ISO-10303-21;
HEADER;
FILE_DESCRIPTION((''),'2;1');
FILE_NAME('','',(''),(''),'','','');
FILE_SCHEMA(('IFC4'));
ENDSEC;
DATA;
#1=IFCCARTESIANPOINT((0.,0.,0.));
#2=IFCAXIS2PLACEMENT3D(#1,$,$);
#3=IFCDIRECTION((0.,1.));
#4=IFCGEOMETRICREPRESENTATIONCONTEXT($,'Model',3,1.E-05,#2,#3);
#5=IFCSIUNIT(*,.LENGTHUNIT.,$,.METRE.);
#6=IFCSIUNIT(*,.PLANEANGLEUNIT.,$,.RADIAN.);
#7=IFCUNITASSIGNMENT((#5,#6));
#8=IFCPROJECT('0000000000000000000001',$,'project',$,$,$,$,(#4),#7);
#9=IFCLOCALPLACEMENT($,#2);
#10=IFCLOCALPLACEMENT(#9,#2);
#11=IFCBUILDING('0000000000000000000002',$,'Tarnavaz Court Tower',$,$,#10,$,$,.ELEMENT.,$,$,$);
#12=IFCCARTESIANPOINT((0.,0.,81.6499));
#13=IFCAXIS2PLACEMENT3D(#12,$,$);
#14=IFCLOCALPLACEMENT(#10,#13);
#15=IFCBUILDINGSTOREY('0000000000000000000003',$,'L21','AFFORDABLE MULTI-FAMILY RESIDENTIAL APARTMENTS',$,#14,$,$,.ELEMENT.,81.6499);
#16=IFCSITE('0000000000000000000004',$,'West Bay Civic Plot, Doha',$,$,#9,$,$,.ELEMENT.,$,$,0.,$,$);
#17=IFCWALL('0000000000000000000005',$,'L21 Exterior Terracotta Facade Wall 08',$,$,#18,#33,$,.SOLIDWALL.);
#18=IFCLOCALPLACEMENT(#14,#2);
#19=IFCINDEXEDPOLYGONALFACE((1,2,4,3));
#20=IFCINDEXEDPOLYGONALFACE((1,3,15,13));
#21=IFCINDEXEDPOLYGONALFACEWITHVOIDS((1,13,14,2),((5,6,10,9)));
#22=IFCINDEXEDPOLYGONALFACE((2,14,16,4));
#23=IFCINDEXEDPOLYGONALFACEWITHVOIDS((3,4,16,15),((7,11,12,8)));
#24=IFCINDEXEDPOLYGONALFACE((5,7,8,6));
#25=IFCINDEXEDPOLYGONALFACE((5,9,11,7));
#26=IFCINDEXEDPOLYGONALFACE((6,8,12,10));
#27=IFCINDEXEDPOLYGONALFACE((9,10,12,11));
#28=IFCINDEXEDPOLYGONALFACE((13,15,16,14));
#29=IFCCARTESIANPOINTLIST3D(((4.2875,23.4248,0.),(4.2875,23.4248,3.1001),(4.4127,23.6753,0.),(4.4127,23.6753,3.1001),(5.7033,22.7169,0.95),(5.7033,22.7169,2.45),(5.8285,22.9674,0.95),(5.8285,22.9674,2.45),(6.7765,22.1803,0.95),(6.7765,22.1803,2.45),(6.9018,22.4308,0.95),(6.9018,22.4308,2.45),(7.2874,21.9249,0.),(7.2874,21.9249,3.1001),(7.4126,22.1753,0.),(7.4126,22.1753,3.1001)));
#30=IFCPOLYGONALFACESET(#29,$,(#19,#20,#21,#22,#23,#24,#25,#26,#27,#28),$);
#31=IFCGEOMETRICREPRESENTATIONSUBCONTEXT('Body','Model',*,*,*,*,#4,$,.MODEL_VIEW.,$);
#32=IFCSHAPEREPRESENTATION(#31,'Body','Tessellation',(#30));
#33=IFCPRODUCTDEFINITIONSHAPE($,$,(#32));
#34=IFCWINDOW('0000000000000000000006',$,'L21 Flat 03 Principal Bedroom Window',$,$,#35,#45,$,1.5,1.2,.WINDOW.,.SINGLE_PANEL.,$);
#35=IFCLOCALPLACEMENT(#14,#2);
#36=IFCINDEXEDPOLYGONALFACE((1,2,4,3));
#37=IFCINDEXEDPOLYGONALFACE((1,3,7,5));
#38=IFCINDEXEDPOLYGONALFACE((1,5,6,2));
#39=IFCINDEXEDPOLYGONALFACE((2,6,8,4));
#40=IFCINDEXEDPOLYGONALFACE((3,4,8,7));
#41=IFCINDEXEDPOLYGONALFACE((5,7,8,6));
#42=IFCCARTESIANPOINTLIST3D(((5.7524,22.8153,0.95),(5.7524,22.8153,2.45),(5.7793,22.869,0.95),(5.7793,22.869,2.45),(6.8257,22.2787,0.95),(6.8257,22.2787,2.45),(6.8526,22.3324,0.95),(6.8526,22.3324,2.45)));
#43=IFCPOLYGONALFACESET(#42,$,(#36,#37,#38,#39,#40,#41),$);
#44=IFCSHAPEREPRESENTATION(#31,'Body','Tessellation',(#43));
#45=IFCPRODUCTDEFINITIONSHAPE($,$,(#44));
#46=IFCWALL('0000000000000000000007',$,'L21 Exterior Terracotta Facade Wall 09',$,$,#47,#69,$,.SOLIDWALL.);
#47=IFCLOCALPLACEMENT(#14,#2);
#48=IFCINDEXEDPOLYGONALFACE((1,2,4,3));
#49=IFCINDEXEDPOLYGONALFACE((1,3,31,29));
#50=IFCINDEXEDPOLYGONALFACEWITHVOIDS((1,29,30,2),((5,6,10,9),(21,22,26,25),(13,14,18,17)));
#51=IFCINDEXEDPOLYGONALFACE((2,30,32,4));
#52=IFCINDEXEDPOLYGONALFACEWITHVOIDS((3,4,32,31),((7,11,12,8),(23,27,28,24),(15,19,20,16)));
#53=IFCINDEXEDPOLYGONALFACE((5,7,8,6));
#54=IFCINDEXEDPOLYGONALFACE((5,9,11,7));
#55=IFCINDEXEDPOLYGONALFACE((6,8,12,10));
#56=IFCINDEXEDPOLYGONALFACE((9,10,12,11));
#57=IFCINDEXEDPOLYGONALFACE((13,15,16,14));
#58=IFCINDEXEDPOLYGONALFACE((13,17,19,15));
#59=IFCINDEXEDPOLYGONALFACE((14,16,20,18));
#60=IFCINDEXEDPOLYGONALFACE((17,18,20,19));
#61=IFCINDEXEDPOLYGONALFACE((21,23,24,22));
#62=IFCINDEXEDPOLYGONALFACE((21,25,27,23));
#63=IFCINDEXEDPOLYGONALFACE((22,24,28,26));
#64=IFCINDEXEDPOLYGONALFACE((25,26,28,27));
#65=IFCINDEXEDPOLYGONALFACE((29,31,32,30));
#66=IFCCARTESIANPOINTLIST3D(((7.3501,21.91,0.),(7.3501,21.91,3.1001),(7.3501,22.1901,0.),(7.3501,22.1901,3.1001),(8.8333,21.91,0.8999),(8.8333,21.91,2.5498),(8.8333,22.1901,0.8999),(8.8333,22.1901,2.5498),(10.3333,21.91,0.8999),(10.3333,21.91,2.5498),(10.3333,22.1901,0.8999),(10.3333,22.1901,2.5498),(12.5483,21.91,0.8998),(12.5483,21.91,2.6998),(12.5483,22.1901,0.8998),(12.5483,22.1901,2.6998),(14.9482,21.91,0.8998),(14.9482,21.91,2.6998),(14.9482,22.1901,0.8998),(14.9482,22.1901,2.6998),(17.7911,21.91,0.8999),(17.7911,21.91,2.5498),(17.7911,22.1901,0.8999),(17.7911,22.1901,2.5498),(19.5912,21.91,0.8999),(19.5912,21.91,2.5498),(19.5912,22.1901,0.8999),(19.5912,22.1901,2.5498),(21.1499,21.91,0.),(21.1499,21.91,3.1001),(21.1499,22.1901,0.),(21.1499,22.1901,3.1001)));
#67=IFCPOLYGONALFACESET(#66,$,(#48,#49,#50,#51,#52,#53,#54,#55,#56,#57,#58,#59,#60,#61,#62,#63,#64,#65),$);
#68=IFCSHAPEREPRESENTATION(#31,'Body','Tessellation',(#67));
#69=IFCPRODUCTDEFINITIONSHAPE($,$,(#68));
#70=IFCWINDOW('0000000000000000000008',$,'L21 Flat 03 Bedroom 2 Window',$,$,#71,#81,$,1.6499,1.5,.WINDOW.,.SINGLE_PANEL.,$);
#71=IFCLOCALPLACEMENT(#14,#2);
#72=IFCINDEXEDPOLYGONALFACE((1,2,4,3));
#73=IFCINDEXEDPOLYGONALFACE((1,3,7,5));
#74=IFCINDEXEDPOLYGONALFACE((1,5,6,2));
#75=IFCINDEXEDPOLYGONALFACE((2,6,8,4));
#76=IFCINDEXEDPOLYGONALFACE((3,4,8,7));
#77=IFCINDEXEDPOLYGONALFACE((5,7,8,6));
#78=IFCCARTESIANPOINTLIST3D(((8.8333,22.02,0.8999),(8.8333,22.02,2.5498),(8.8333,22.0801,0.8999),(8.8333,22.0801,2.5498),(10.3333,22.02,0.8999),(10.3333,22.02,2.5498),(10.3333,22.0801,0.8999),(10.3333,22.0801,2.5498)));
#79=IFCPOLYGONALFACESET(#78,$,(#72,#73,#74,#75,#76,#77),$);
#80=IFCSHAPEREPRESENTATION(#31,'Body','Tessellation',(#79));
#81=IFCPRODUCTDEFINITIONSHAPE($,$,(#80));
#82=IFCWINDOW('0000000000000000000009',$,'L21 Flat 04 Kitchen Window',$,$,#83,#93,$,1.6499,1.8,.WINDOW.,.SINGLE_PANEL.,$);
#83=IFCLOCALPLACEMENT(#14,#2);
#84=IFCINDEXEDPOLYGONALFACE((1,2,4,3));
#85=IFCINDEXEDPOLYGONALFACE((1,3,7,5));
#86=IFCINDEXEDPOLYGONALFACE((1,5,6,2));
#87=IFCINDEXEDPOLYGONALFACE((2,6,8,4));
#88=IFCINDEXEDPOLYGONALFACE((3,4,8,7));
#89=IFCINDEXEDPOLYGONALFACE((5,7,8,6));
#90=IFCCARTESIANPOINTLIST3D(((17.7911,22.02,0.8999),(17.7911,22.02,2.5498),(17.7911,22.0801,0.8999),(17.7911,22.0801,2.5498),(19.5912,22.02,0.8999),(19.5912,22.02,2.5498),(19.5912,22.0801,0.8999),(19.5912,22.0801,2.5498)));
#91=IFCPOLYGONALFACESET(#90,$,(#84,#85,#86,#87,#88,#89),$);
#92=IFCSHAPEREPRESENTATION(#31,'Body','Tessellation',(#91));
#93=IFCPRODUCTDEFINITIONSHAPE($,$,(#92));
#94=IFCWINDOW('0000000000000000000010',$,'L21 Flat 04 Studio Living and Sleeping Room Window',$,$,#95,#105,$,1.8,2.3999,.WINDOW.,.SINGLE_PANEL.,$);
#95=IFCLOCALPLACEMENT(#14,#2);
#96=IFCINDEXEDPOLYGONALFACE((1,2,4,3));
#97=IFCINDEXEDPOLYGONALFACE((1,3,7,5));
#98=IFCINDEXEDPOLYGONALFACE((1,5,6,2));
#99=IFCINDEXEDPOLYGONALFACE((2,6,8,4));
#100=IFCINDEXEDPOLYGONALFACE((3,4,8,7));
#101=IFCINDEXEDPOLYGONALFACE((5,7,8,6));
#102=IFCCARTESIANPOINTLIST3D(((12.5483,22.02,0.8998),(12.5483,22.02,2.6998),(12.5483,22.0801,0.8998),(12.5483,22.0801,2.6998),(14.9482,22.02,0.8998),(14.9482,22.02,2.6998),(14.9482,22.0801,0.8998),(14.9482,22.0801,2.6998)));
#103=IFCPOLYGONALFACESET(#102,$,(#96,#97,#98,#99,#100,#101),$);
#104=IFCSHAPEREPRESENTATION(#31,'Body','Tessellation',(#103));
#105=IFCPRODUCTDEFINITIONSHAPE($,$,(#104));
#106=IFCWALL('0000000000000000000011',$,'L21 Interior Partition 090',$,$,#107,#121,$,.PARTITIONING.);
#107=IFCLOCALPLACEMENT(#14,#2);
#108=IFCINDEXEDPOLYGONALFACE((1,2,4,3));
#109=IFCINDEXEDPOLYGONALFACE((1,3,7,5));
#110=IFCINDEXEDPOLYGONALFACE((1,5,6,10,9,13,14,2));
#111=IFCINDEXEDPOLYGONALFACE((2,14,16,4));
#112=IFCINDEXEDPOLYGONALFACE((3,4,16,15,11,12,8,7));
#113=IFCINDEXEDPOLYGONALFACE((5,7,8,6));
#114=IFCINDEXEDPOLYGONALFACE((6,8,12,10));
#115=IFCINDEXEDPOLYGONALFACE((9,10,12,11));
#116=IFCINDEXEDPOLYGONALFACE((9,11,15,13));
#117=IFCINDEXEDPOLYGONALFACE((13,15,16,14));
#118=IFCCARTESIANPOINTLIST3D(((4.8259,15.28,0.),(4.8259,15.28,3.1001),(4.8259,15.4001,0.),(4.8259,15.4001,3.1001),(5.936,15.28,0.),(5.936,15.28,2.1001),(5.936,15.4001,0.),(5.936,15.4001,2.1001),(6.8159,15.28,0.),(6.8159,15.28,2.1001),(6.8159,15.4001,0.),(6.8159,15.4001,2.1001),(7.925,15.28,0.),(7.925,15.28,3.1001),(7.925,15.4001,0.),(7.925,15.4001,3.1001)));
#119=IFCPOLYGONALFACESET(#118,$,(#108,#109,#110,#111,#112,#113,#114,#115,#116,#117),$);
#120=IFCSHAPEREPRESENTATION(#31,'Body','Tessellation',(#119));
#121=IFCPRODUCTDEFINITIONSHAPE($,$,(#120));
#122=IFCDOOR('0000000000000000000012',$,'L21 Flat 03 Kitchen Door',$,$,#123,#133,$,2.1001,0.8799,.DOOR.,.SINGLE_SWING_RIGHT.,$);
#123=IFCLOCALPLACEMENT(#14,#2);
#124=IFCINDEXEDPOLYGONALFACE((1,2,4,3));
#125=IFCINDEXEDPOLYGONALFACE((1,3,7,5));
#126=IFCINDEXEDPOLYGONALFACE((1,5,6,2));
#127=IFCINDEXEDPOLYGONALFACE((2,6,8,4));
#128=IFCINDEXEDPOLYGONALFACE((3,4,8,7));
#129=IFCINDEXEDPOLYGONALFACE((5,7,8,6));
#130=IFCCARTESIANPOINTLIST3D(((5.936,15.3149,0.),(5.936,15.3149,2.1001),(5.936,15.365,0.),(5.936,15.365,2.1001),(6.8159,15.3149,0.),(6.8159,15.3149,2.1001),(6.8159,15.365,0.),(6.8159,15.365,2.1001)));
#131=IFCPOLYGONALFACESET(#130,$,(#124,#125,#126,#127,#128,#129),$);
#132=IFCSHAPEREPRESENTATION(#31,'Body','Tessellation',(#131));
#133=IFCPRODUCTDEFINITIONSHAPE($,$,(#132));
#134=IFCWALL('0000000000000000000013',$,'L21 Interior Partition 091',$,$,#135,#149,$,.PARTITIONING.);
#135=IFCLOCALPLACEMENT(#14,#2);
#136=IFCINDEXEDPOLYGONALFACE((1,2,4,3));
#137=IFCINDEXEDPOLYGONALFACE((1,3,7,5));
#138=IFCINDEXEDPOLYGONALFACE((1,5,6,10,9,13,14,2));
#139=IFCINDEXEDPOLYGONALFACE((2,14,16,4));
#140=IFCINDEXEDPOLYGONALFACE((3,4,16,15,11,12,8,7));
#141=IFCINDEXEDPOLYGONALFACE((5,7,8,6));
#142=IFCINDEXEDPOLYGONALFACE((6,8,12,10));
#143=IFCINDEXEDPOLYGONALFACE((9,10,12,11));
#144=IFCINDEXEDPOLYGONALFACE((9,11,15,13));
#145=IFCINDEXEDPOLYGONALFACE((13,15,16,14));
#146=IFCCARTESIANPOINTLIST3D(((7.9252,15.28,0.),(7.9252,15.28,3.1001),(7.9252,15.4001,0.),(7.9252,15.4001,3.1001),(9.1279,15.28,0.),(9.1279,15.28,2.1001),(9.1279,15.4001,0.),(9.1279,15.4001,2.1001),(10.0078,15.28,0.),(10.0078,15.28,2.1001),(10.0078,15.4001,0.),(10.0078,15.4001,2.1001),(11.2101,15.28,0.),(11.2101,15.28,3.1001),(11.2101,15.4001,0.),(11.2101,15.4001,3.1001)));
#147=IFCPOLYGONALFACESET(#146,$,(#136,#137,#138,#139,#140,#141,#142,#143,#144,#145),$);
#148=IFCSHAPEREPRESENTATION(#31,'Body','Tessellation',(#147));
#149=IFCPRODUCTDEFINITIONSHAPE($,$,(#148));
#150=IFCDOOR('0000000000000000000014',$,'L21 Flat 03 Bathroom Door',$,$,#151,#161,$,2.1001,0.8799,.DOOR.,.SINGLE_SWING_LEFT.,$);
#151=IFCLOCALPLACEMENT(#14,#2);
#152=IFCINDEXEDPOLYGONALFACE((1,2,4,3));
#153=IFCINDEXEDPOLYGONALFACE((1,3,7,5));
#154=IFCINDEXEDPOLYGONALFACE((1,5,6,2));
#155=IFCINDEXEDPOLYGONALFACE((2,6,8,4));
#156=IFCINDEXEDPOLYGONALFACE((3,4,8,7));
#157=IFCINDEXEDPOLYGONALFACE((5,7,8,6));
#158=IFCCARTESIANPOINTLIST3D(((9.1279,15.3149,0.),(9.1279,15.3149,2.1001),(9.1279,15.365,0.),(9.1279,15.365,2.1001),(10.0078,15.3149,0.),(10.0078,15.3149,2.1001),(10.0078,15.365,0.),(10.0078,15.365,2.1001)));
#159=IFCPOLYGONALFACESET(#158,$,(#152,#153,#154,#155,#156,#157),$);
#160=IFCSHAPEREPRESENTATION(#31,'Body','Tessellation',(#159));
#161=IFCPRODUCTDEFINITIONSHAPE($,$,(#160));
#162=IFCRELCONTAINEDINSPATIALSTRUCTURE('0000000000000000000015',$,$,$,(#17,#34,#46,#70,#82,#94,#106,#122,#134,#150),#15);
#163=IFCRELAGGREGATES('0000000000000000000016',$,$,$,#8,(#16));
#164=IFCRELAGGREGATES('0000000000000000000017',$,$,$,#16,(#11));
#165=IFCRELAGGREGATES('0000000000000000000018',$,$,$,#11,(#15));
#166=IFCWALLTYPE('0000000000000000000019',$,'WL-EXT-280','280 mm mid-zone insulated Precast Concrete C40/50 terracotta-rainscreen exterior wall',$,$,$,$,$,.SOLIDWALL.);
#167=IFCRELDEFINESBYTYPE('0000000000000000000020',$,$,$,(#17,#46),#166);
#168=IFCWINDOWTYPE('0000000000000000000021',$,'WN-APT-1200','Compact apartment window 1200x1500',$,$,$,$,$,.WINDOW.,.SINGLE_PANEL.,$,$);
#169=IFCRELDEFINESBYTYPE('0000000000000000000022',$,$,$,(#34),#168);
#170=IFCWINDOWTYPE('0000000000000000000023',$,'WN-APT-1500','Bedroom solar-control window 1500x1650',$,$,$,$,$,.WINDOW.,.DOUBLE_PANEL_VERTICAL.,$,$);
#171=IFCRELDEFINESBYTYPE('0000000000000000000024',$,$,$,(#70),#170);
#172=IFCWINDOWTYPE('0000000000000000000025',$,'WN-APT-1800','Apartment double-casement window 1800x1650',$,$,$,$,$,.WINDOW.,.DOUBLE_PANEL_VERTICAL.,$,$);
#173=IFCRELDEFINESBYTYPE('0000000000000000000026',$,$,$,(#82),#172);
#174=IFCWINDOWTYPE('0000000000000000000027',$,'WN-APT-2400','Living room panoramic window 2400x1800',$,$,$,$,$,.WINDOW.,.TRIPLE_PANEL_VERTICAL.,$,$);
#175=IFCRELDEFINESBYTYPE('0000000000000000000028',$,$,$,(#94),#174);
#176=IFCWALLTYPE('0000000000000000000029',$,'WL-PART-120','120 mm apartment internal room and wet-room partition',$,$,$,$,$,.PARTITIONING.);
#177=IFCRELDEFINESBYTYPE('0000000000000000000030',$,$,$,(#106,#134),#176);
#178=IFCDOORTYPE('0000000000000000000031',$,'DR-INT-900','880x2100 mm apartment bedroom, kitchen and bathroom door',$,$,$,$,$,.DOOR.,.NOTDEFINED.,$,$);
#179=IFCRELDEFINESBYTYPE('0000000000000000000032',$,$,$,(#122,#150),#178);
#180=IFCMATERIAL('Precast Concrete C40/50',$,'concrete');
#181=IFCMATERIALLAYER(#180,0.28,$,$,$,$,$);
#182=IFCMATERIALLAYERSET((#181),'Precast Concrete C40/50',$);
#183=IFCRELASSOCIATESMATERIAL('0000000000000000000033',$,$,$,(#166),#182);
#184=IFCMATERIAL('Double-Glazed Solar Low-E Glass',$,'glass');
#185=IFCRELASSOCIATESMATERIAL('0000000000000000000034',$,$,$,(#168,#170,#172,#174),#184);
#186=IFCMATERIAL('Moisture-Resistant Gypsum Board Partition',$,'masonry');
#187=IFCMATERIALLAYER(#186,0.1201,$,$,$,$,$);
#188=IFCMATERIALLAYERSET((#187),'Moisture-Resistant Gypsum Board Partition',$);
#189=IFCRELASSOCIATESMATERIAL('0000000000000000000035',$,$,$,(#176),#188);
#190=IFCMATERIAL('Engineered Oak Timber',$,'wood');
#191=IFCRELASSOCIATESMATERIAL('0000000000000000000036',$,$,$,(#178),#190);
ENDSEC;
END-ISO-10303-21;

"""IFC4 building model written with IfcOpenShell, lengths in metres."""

from ifc_helpers import new_model, si_unit, direction, frame, frame_2d, origin, place, context, subcontext, project, spatial, rectangle, extrude, material, layer, layer_set, type_object, element, fill, save


model = new_model("IFC4")

# Units and contexts
model_context = context("Model", 3, precision=1e-05, world=origin(), true_north=direction((0.0, 1.0)))
body_context = subcontext(model_context, "Body", "Model", "MODEL_VIEW")
ifc_project = project(units=[si_unit("LENGTHUNIT", "METRE"), si_unit("PLANEANGLEUNIT", "RADIAN")], contexts=[model_context])

# Site, building, storey
site_placement = place(None, origin())
site = spatial("IfcSite", under=ifc_project, at=site_placement, Name="West Bay Civic Plot, Doha", CompositionType="ELEMENT", RefElevation=0.0)
building_placement = place(site_placement, origin())
building = spatial("IfcBuilding", under=site, at=building_placement, Name="Tarnavaz Court Tower", CompositionType="ELEMENT")
storey_placement = place(building_placement, frame((0.0, 0.0, 81.6499)))
storey = spatial("IfcBuildingStorey", under=building, at=storey_placement, Name="L21", Description="AFFORDABLE MULTI-FAMILY RESIDENTIAL APARTMENTS", CompositionType="ELEMENT", Elevation=81.6499)

# Shared definitions
ifc_material_1 = material(Name="Double-Glazed Solar Low-E Glass", Category="glass")

# Wall, opening, window
ifc_material_2 = material(Name="Precast Concrete C40/50", Category="concrete")
ifc_layer_1 = layer(ifc_material_2, 0.28)
ifc_layer_set_1 = layer_set([ifc_layer_1], Name="Precast Concrete C40/50")
wall_type_1 = type_object("IfcWallType", Name="WL-EXT-280", Description="280 mm mid-zone insulated Precast Concrete C40/50 terracotta-rainscreen exterior wall", PredefinedType="SOLIDWALL", material=ifc_layer_set_1)
wall_1_placement = place(storey_placement, frame((4.3501, 23.55, 0.0), z_axis=(0.0, 0.0, 1.0), x_axis=(0.894427, -0.447214, 0.0)))
wall_1 = element("IfcWall", 1, at=wall_1_placement, inside=storey, type_object=wall_type_1, Name="L21 Exterior Terracotta Facade Wall 08", PredefinedType="SOLIDWALL", context=body_context, shape_type="SweptSolid", body=[
    extrude(rectangle(XDim=3.354, YDim=0.28, at=frame_2d((1.677, 0.0))), origin(), (0.0, 0.0, 1.0), 3.1001),
])
opening_1_placement = place(wall_1_placement, frame((1.5828, 0.0, 0.95)))
opening_1 = element("IfcOpeningElement", 2, at=opening_1_placement, cuts=wall_1, PredefinedType="OPENING", context=body_context, shape_type="SweptSolid", body=[
    extrude(rectangle(XDim=1.2, YDim=1.5, at=frame_2d((0.6001, 0.75))), frame((0.0, 0.1499, 0.0), z_axis=(0.0, -1.0, 0.0), x_axis=(1.0, 0.0, 0.0)), (0.0, 0.0, 1.0), 0.3),
])
window_type_1 = type_object("IfcWindowType", Name="WN-APT-1200", Description="Compact apartment window 1200x1500", PartitioningType="SINGLE_PANEL", PredefinedType="WINDOW", material=ifc_material_1)
window_1_placement = place(opening_1_placement, origin())
window_1 = element("IfcWindow", 3, at=window_1_placement, inside=storey, type_object=window_type_1, Name="L21 Flat 03 Principal Bedroom Window", OverallHeight=1.5, OverallWidth=1.2, PartitioningType="SINGLE_PANEL", PredefinedType="WINDOW", context=body_context, shape_type="SweptSolid", body=[
    extrude(rectangle(XDim=1.2, YDim=1.5, at=frame_2d((0.6001, 0.75))), frame((0.0, 0.03, 0.0), z_axis=(0.0, -1.0, 0.0), x_axis=(1.0, 0.0, 0.0)), (0.0, 0.0, 1.0), 0.0601),
])
fill(opening_1, window_1)

# Wall, openings, windows
wall_2_placement = place(storey_placement, frame((7.3501, 22.05, 0.0), z_axis=(0.0, 0.0, 1.0), x_axis=(1.0, 0.0, 0.0)))
wall_2 = element("IfcWall", 4, at=wall_2_placement, inside=storey, type_object=wall_type_1, Name="L21 Exterior Terracotta Facade Wall 09", PredefinedType="SOLIDWALL", context=body_context, shape_type="SweptSolid", body=[
    extrude(rectangle(XDim=13.7998, YDim=0.28, at=frame_2d((6.8999, 0.0))), origin(), (0.0, 0.0, 1.0), 3.1001),
])
opening_2_placement = place(wall_2_placement, frame((1.4832, 0.0, 0.8999)))
opening_2 = element("IfcOpeningElement", 5, at=opening_2_placement, cuts=wall_2, PredefinedType="OPENING", context=body_context, shape_type="SweptSolid", body=[
    extrude(rectangle(XDim=1.5, YDim=1.6499, at=frame_2d((0.75, 0.825))), frame((0.0, 0.1499, 0.0), z_axis=(0.0, -1.0, 0.0), x_axis=(1.0, 0.0, 0.0)), (0.0, 0.0, 1.0), 0.3),
])
opening_3_placement = place(wall_2_placement, frame((5.1982, 0.0, 0.8999)))
opening_3 = element("IfcOpeningElement", 6, at=opening_3_placement, cuts=wall_2, PredefinedType="OPENING", context=body_context, shape_type="SweptSolid", body=[
    extrude(rectangle(XDim=2.3999, YDim=1.8, at=frame_2d((1.2, 0.8999))), frame((0.0, 0.1499, 0.0), z_axis=(0.0, -1.0, 0.0), x_axis=(1.0, 0.0, 0.0)), (0.0, 0.0, 1.0), 0.3),
])
opening_4_placement = place(wall_2_placement, frame((10.4412, 0.0, 0.8999)))
opening_4 = element("IfcOpeningElement", 7, at=opening_4_placement, cuts=wall_2, PredefinedType="OPENING", context=body_context, shape_type="SweptSolid", body=[
    extrude(rectangle(XDim=1.8, YDim=1.6499, at=frame_2d((0.8999, 0.825))), frame((0.0, 0.1499, 0.0), z_axis=(0.0, -1.0, 0.0), x_axis=(1.0, 0.0, 0.0)), (0.0, 0.0, 1.0), 0.3),
])
window_type_2 = type_object("IfcWindowType", Name="WN-APT-1500", Description="Bedroom solar-control window 1500x1650", PartitioningType="DOUBLE_PANEL_VERTICAL", PredefinedType="WINDOW", material=ifc_material_1)
window_2_placement = place(opening_2_placement, origin())
window_2 = element("IfcWindow", 8, at=window_2_placement, inside=storey, type_object=window_type_2, Name="L21 Flat 03 Bedroom 2 Window", OverallHeight=1.6499, OverallWidth=1.5, PartitioningType="SINGLE_PANEL", PredefinedType="WINDOW", context=body_context, shape_type="SweptSolid", body=[
    extrude(rectangle(XDim=1.5, YDim=1.6499, at=frame_2d((0.75, 0.825))), frame((0.0, 0.03, 0.0), z_axis=(0.0, -1.0, 0.0), x_axis=(1.0, 0.0, 0.0)), (0.0, 0.0, 1.0), 0.0601),
])
fill(opening_2, window_2)
window_type_3 = type_object("IfcWindowType", Name="WN-APT-1800", Description="Apartment double-casement window 1800x1650", PartitioningType="DOUBLE_PANEL_VERTICAL", PredefinedType="WINDOW", material=ifc_material_1)
window_3_placement = place(opening_4_placement, origin())
window_3 = element("IfcWindow", 9, at=window_3_placement, inside=storey, type_object=window_type_3, Name="L21 Flat 04 Kitchen Window", OverallHeight=1.6499, OverallWidth=1.8, PartitioningType="SINGLE_PANEL", PredefinedType="WINDOW", context=body_context, shape_type="SweptSolid", body=[
    extrude(rectangle(XDim=1.8, YDim=1.6499, at=frame_2d((0.8999, 0.825))), frame((0.0, 0.03, 0.0), z_axis=(0.0, -1.0, 0.0), x_axis=(1.0, 0.0, 0.0)), (0.0, 0.0, 1.0), 0.0601),
])
fill(opening_4, window_3)
window_type_4 = type_object("IfcWindowType", Name="WN-APT-2400", Description="Living room panoramic window 2400x1800", PartitioningType="TRIPLE_PANEL_VERTICAL", PredefinedType="WINDOW", material=ifc_material_1)
window_4_placement = place(opening_3_placement, origin())
window_4 = element("IfcWindow", 10, at=window_4_placement, inside=storey, type_object=window_type_4, Name="L21 Flat 04 Studio Living and Sleeping Room Window", OverallHeight=1.8, OverallWidth=2.3999, PartitioningType="SINGLE_PANEL", PredefinedType="WINDOW", context=body_context, shape_type="SweptSolid", body=[
    extrude(rectangle(XDim=2.3999, YDim=1.8, at=frame_2d((1.2, 0.8999))), frame((0.0, 0.03, 0.0), z_axis=(0.0, -1.0, 0.0), x_axis=(1.0, 0.0, 0.0)), (0.0, 0.0, 1.0), 0.0601),
])
fill(opening_3, window_4)

# Walls, openings, doors
ifc_material_3 = material(Name="Moisture-Resistant Gypsum Board Partition", Category="masonry")
ifc_layer_2 = layer(ifc_material_3, 0.1201)
ifc_layer_set_2 = layer_set([ifc_layer_2], Name="Moisture-Resistant Gypsum Board Partition")
wall_type_2 = type_object("IfcWallType", Name="WL-PART-120", Description="120 mm apartment internal room and wet-room partition", PredefinedType="PARTITIONING", material=ifc_layer_set_2)
wall_3_placement = place(storey_placement, frame((4.8259, 15.3401, 0.0), z_axis=(0.0, 0.0, 1.0), x_axis=(1.0, 0.0, 0.0)))
wall_3 = element("IfcWall", 11, at=wall_3_placement, inside=storey, type_object=wall_type_2, Name="L21 Interior Partition 090", PredefinedType="PARTITIONING", context=body_context, shape_type="SweptSolid", body=[
    extrude(rectangle(XDim=3.0991, YDim=0.1201, at=frame_2d((1.5496, 0.0))), origin(), (0.0, 0.0, 1.0), 3.1001),
])
opening_5_placement = place(wall_3_placement, frame((1.1101, 0.0, 0.0)))
opening_5 = element("IfcOpeningElement", 12, at=opening_5_placement, cuts=wall_3, PredefinedType="OPENING", context=body_context, shape_type="SweptSolid", body=[
    extrude(rectangle(XDim=0.8799, YDim=2.1001, at=frame_2d((0.4399, 1.05))), frame((0.0, 0.0701, 0.0), z_axis=(0.0, -1.0, 0.0), x_axis=(1.0, 0.0, 0.0)), (0.0, 0.0, 1.0), 0.1401),
])
ifc_material_4 = material(Name="Engineered Oak Timber", Category="wood")
door_type = type_object("IfcDoorType", Name="DR-INT-900", Description="880x2100 mm apartment bedroom, kitchen and bathroom door", OperationType="NOTDEFINED", PredefinedType="DOOR", material=ifc_material_4)
door_1_placement = place(opening_5_placement, origin())
door_1 = element("IfcDoor", 13, at=door_1_placement, inside=storey, type_object=door_type, Name="L21 Flat 03 Kitchen Door", OperationType="SINGLE_SWING_RIGHT", OverallHeight=2.1001, OverallWidth=0.8799, PredefinedType="DOOR", context=body_context, shape_type="SweptSolid", body=[
    extrude(rectangle(XDim=0.8799, YDim=2.1001, at=frame_2d((0.4399, 1.05))), frame((0.0, 0.0249, 0.0), z_axis=(0.0, -1.0, 0.0), x_axis=(1.0, 0.0, 0.0)), (0.0, 0.0, 1.0), 0.05),
])
fill(opening_5, door_1)
wall_4_placement = place(storey_placement, frame((7.925, 15.3401, 0.0), z_axis=(0.0, 0.0, 1.0), x_axis=(1.0, 0.0, 0.0)))
wall_4 = element("IfcWall", 14, at=wall_4_placement, inside=storey, type_object=wall_type_2, Name="L21 Interior Partition 091", PredefinedType="PARTITIONING", context=body_context, shape_type="SweptSolid", body=[
    extrude(rectangle(XDim=3.2849, YDim=0.1201, at=frame_2d((1.6426, 0.0))), origin(), (0.0, 0.0, 1.0), 3.1001),
])
opening_6_placement = place(wall_4_placement, frame((1.2029, 0.0, 0.0)))
opening_6 = element("IfcOpeningElement", 15, at=opening_6_placement, cuts=wall_4, PredefinedType="OPENING", context=body_context, shape_type="SweptSolid", body=[
    extrude(rectangle(XDim=0.8799, YDim=2.1001, at=frame_2d((0.4399, 1.05))), frame((0.0, 0.0701, 0.0), z_axis=(0.0, -1.0, 0.0), x_axis=(1.0, 0.0, 0.0)), (0.0, 0.0, 1.0), 0.1401),
])
door_2_placement = place(opening_6_placement, origin())
door_2 = element("IfcDoor", 16, at=door_2_placement, inside=storey, type_object=door_type, Name="L21 Flat 03 Bathroom Door", OperationType="SINGLE_SWING_LEFT", OverallHeight=2.1001, OverallWidth=0.8799, PredefinedType="DOOR", context=body_context, shape_type="SweptSolid", body=[
    extrude(rectangle(XDim=0.8799, YDim=2.1001, at=frame_2d((0.4399, 1.05))), frame((0.0, 0.0249, 0.0), z_axis=(0.0, -1.0, 0.0), x_axis=(1.0, 0.0, 0.0)), (0.0, 0.0, 1.0), 0.05),
])
fill(opening_6, door_2)

save(model, "model.ifc")
